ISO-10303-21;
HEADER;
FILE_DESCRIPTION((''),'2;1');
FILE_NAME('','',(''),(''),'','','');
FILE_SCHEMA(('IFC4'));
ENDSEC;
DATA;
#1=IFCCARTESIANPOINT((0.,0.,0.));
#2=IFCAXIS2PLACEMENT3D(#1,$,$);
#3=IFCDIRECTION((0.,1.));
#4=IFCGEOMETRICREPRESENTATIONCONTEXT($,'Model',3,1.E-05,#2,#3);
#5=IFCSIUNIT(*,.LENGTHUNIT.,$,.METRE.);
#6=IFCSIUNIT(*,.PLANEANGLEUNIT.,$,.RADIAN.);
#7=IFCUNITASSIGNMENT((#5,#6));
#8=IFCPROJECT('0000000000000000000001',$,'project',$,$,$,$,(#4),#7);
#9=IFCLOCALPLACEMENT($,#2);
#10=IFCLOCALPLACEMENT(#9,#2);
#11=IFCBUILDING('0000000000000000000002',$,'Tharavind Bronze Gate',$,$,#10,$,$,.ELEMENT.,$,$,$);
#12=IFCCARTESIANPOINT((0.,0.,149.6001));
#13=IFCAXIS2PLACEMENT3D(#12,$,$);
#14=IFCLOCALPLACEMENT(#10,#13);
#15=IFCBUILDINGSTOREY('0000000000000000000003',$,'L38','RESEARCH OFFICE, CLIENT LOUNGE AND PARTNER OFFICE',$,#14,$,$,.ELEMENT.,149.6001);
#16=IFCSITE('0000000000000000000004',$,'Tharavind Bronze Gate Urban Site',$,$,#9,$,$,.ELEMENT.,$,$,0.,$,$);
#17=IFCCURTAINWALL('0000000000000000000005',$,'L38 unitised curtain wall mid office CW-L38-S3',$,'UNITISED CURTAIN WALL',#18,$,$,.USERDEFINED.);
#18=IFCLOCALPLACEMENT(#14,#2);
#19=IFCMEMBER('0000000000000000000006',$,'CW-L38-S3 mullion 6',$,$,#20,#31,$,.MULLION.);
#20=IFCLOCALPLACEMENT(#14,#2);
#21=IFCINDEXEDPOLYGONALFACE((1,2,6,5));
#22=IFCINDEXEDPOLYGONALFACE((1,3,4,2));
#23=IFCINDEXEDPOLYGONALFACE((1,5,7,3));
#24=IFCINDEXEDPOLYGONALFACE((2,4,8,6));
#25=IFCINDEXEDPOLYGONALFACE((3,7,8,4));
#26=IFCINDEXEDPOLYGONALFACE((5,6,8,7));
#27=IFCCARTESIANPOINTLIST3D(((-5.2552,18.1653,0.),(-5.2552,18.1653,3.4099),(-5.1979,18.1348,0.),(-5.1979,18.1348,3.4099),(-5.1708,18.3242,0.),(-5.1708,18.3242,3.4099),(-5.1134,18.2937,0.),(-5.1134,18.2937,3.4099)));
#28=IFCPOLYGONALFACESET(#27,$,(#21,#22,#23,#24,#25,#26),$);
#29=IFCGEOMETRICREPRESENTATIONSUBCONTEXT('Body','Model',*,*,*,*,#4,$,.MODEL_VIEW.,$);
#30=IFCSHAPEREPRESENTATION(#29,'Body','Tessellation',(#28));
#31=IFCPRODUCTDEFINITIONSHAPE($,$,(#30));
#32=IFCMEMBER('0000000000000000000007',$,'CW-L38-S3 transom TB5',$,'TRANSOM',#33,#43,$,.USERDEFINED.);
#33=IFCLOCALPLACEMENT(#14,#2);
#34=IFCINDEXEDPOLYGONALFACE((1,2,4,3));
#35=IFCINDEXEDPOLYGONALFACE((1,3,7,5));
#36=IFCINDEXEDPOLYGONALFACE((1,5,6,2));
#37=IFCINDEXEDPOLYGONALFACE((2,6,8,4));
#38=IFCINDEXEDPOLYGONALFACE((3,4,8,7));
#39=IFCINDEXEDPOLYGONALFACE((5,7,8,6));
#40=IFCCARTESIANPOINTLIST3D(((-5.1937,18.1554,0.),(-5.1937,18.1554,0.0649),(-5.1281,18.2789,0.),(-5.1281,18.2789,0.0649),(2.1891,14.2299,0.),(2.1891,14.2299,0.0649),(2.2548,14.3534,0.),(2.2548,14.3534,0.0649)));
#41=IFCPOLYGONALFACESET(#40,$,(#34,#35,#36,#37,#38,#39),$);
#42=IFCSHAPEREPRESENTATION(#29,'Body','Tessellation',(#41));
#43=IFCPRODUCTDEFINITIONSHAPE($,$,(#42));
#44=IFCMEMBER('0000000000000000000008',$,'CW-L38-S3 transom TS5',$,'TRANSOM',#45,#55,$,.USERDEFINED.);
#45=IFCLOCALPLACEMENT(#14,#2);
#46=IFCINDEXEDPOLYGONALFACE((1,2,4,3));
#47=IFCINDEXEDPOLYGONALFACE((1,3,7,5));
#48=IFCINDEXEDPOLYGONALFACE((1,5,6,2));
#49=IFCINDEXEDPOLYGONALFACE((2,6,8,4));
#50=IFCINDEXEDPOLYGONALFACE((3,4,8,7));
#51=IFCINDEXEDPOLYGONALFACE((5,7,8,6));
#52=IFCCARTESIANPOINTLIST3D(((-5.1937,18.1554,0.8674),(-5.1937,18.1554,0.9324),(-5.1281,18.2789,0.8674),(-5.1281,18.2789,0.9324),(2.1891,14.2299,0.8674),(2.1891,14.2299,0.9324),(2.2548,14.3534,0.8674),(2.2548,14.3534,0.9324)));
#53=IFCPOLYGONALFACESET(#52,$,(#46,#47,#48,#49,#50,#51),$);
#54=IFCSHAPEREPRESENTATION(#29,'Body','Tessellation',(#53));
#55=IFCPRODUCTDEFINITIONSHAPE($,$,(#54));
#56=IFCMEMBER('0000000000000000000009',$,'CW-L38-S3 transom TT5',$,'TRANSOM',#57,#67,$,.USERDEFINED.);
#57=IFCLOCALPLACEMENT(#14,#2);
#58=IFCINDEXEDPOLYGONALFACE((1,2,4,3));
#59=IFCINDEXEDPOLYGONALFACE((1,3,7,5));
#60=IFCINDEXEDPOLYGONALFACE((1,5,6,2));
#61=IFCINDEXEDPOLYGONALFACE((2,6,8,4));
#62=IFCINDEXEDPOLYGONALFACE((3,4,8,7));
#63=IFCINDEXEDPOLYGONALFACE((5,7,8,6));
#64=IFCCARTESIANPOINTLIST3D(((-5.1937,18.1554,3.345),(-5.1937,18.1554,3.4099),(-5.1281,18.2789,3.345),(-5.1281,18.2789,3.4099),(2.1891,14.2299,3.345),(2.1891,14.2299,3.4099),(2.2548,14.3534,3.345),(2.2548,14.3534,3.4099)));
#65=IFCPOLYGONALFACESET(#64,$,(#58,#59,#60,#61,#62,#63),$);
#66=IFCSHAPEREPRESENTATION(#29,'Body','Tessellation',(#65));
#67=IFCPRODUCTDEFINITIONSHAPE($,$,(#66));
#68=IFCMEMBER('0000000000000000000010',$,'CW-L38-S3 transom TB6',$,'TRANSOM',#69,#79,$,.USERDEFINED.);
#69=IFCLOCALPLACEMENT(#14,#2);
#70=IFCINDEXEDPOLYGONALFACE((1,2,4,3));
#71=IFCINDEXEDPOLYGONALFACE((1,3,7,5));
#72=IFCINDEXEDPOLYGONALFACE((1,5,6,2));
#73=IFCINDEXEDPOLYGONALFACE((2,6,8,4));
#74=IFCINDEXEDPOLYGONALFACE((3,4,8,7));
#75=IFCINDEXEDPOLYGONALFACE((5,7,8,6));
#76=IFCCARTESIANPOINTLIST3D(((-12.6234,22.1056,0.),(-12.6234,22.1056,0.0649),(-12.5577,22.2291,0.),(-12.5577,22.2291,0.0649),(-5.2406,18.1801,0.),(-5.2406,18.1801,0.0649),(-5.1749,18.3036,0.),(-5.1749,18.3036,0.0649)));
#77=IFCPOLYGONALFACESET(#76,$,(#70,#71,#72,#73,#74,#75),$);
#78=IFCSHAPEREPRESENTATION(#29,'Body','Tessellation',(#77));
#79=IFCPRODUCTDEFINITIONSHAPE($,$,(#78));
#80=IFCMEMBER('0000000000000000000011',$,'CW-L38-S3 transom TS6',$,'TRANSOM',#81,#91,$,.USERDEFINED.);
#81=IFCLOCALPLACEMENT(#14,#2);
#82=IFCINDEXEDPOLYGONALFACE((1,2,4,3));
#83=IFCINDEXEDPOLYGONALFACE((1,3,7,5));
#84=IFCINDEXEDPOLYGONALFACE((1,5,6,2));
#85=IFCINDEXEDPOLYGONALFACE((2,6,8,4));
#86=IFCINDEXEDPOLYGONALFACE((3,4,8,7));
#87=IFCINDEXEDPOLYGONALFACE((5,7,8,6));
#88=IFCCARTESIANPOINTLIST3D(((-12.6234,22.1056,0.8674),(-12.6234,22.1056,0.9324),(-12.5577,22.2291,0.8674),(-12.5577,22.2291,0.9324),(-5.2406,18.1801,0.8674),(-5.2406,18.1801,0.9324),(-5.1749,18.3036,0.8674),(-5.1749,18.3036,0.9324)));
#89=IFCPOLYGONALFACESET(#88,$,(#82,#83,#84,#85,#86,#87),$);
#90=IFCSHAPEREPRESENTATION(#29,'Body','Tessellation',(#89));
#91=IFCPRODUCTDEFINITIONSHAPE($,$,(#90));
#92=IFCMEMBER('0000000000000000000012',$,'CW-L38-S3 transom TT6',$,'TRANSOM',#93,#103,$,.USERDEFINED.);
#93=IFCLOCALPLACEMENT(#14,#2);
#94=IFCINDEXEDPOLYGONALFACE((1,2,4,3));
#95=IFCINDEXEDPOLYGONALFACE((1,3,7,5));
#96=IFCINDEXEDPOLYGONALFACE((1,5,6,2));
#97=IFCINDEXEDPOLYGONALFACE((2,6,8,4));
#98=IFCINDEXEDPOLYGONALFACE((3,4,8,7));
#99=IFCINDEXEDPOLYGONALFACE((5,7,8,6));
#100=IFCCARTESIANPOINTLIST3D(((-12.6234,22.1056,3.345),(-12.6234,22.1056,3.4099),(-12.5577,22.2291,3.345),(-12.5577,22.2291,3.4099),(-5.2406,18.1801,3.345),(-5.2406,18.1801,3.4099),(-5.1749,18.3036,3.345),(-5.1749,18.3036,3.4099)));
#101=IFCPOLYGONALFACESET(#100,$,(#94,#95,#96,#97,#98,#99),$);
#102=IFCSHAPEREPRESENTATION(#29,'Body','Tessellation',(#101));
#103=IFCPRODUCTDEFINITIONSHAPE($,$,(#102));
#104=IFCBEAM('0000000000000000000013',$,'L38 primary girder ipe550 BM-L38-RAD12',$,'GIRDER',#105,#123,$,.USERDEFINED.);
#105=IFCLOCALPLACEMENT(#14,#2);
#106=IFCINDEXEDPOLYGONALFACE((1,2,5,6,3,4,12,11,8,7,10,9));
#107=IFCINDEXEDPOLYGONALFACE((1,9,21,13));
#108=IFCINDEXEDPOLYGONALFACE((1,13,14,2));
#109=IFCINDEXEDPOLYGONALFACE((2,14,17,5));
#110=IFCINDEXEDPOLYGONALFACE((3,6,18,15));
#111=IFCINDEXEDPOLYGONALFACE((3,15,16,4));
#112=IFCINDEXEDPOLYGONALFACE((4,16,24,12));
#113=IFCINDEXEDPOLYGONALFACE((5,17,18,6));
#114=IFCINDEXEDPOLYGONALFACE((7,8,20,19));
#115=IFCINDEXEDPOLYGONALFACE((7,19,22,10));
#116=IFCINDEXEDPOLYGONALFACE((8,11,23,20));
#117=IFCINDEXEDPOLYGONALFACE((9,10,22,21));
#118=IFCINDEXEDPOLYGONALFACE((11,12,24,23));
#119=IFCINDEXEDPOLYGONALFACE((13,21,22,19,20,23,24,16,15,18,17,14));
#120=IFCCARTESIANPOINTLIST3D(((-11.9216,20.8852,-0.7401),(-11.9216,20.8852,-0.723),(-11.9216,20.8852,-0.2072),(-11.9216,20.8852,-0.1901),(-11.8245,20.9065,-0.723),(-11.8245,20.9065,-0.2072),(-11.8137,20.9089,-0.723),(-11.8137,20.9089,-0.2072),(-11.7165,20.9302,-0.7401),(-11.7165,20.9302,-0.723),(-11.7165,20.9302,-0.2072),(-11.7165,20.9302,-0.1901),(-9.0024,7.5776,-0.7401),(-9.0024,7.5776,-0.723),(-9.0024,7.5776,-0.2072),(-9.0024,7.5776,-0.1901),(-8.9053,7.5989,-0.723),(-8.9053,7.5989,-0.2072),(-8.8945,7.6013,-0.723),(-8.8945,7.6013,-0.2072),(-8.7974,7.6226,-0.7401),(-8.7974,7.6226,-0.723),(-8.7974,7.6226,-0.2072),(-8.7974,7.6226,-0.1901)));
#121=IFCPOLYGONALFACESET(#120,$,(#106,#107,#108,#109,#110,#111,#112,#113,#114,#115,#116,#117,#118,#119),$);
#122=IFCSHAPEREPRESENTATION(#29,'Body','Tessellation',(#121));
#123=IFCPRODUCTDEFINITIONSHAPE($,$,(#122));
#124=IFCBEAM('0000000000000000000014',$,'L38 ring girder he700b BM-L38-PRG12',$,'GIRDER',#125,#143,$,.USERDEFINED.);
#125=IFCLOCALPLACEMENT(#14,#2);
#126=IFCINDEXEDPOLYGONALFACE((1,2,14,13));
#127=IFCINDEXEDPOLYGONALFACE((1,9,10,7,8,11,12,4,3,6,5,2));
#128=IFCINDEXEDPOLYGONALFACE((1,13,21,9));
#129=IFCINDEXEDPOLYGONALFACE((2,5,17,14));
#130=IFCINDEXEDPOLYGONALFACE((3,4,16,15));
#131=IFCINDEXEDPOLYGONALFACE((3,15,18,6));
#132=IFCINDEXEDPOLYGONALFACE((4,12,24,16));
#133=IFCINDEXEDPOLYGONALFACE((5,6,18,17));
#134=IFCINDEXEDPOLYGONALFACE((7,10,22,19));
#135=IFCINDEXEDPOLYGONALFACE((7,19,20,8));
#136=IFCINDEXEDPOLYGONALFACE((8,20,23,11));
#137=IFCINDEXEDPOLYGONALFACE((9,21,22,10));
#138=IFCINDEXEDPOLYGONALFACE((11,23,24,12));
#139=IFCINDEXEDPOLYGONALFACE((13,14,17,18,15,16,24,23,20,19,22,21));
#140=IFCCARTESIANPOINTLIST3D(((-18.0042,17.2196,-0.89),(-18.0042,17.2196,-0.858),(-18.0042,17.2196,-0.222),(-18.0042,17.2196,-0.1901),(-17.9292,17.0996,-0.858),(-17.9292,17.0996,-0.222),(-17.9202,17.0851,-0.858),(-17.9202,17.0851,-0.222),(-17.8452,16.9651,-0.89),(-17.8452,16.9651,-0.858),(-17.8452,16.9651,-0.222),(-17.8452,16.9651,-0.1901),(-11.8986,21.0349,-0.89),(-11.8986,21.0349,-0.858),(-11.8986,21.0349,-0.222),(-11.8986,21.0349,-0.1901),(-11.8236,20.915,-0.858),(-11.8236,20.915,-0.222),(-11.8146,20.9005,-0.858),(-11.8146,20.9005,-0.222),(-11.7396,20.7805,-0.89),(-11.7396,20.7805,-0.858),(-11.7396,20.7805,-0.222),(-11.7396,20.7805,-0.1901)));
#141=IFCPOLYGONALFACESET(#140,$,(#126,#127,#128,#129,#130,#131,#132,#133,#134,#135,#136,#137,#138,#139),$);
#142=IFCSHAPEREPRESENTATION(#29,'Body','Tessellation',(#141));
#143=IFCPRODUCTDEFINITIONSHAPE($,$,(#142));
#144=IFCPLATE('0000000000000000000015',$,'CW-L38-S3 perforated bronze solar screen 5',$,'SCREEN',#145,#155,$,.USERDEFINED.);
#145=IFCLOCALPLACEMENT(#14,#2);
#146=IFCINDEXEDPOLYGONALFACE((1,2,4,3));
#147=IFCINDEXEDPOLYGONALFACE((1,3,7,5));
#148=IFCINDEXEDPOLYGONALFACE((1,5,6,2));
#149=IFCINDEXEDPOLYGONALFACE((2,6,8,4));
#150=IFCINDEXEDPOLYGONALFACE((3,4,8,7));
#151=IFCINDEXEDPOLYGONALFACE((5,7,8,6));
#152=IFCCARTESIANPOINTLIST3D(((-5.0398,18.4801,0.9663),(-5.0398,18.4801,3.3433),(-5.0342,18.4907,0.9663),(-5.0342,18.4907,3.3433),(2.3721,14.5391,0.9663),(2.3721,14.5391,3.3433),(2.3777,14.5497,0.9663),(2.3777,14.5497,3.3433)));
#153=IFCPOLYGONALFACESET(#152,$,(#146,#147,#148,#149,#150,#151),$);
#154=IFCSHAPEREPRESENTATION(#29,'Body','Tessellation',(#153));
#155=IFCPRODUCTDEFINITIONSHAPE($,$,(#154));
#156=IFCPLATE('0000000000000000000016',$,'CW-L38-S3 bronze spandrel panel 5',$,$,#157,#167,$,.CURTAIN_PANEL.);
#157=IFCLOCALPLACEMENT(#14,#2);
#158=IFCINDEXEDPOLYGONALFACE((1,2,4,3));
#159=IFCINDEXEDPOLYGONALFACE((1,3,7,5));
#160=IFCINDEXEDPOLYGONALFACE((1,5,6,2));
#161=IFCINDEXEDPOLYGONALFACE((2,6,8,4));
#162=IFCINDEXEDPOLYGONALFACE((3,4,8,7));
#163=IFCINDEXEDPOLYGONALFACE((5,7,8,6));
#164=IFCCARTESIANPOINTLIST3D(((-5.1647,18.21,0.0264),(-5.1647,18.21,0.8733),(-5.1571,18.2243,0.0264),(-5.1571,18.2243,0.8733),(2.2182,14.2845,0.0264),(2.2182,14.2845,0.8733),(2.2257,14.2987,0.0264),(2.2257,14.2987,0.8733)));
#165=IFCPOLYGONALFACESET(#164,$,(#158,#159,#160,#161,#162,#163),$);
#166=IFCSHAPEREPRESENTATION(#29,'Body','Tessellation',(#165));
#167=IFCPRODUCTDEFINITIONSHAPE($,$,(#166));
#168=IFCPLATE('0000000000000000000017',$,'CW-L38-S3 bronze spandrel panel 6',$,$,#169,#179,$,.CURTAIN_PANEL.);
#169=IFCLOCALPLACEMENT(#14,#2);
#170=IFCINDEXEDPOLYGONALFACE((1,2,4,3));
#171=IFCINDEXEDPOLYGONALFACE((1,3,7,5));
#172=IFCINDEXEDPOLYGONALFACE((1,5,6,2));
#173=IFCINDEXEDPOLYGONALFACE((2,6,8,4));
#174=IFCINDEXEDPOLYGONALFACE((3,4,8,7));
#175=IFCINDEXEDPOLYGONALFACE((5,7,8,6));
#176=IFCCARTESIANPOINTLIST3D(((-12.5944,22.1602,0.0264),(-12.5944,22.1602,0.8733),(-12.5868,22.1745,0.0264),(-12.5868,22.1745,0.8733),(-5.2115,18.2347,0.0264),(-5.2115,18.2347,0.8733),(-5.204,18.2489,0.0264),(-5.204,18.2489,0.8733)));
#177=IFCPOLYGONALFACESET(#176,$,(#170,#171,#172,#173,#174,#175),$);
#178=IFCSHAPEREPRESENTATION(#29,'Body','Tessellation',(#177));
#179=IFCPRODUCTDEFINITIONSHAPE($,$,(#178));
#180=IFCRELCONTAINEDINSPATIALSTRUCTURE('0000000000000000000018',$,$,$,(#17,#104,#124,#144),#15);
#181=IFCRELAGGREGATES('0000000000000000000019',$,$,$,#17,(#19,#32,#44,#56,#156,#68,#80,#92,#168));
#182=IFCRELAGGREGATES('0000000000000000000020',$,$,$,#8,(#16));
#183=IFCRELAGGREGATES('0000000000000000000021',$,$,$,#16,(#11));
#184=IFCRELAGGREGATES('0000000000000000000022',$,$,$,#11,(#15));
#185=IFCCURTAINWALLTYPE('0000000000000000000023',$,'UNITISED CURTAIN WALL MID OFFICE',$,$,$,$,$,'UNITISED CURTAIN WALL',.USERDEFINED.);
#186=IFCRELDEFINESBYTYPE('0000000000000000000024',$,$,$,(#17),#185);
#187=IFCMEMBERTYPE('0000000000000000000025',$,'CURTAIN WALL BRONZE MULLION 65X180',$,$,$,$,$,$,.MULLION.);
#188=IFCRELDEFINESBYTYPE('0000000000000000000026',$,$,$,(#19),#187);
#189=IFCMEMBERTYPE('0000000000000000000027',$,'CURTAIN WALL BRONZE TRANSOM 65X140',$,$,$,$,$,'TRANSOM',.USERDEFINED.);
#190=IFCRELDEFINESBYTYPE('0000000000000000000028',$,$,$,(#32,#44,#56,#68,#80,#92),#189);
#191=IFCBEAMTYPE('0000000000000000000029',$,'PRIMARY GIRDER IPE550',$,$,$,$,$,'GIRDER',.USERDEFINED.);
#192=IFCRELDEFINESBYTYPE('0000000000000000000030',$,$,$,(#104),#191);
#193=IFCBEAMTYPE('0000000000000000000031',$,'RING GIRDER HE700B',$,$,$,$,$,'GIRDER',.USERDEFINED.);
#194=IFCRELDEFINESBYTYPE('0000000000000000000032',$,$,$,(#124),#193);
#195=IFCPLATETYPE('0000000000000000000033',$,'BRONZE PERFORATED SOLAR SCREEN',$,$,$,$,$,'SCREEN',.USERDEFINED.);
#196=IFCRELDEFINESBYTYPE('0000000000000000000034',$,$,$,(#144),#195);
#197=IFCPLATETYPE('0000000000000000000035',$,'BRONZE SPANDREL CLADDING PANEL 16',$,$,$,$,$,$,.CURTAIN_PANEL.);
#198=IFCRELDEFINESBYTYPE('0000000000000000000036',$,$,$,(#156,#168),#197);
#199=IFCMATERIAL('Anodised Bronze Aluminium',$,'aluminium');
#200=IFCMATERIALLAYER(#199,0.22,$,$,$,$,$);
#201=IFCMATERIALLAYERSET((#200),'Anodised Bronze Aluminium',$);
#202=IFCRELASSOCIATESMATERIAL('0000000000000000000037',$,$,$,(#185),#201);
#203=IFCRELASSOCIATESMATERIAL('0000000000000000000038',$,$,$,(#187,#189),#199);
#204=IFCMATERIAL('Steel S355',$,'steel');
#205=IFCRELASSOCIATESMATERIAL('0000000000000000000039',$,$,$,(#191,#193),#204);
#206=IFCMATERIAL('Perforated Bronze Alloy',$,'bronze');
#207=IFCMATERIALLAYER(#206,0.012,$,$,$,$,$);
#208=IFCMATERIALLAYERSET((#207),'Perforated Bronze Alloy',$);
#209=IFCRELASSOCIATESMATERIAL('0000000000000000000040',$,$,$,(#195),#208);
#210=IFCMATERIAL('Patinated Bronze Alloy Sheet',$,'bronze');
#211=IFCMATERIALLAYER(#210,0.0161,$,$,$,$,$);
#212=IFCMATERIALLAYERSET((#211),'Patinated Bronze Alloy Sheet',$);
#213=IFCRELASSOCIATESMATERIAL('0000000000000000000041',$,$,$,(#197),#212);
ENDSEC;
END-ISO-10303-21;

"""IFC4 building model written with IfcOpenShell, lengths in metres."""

from ifc_helpers import new_model, si_unit, direction, frame, origin, origin_2d, place, context, subcontext, project, spatial, rectangle, i_section, extrude, material, layer, layer_set, material_profile, profile_set, type_object, element, aggregate, save


model = new_model("IFC4")

# Units and contexts
model_context = context("Model", 3, precision=1e-05, world=origin(), true_north=direction((0.0, 1.0)))
body_context = subcontext(model_context, "Body", "Model", "MODEL_VIEW")
ifc_project = project(units=[si_unit("LENGTHUNIT", "METRE"), si_unit("PLANEANGLEUNIT", "RADIAN")], contexts=[model_context])

# Site, building, storey
site_placement = place(None, origin())
site = spatial("IfcSite", under=ifc_project, at=site_placement, Name="Tharavind Bronze Gate Urban Site", CompositionType="ELEMENT", RefElevation=0.0)
building_placement = place(site_placement, origin())
building = spatial("IfcBuilding", under=site, at=building_placement, Name="Tharavind Bronze Gate", CompositionType="ELEMENT")
storey_placement = place(building_placement, frame((0.0, 0.0, 149.6001)))
storey = spatial("IfcBuildingStorey", under=building, at=storey_placement, Name="L38", Description="RESEARCH OFFICE, CLIENT LOUNGE AND PARTNER OFFICE", CompositionType="ELEMENT", Elevation=149.6001)

# Curtain wall, members
ifc_material_1 = material(Name="Anodised Bronze Aluminium", Category="aluminium")
ifc_layer_1 = layer(ifc_material_1, 0.22)
ifc_layer_set_1 = layer_set([ifc_layer_1], Name="Anodised Bronze Aluminium")
curtain_wall_type = type_object("IfcCurtainWallType", Name="UNITISED CURTAIN WALL MID OFFICE", ElementType="UNITISED CURTAIN WALL", PredefinedType="USERDEFINED", material=ifc_layer_set_1)
curtain_wall_placement = place(storey_placement, origin())
curtain_wall = element("IfcCurtainWall", 1, at=curtain_wall_placement, inside=storey, type_object=curtain_wall_type, Name="L38 unitised curtain wall mid office CW-L38-S3", ObjectType="UNITISED CURTAIN WALL", PredefinedType="USERDEFINED")
member_type_1 = type_object("IfcMemberType", Name="CURTAIN WALL BRONZE MULLION 65X180", PredefinedType="MULLION", material=ifc_material_1)
member_1_placement = place(storey_placement, frame((-5.1843, 18.2295, 0.0), z_axis=(0.0, 0.0, 1.0), x_axis=(-0.882948, 0.469472, 0.0)))
member_1 = element("IfcMember", 2, at=member_1_placement, type_object=member_type_1, Name="CW-L38-S3 mullion 6", PredefinedType="MULLION", context=body_context, shape_type="SweptSolid", body=[
    extrude(rectangle(XDim=0.0649, YDim=0.1799, at=origin_2d()), origin(), (0.0, 0.0, 1.0), 3.4099),
])
member_type_2 = type_object("IfcMemberType", Name="CURTAIN WALL BRONZE TRANSOM 65X140", ElementType="TRANSOM", PredefinedType="USERDEFINED", material=ifc_material_1)
member_2_placement = place(storey_placement, frame((-1.4695, 16.2544, 0.0), z_axis=(0.0, 0.0, 1.0), x_axis=(-0.882948, 0.469472, 0.0)))
member_2 = element("IfcMember", 3, at=member_2_placement, type_object=member_type_2, Name="CW-L38-S3 transom TB5", ObjectType="TRANSOM", PredefinedType="USERDEFINED", context=body_context, shape_type="SweptSolid", body=[
    extrude(rectangle(XDim=8.3616, YDim=0.1399, at=origin_2d()), origin(), (0.0, 0.0, 1.0), 0.0649),
])
member_3_placement = place(storey_placement, frame((-1.4695, 16.2544, 0.8674), z_axis=(0.0, 0.0, 1.0), x_axis=(-0.882948, 0.469472, 0.0)))
member_3 = element("IfcMember", 4, at=member_3_placement, type_object=member_type_2, Name="CW-L38-S3 transom TS5", ObjectType="TRANSOM", PredefinedType="USERDEFINED", context=body_context, shape_type="SweptSolid", body=[
    extrude(rectangle(XDim=8.3616, YDim=0.1399, at=origin_2d()), origin(), (0.0, 0.0, 1.0), 0.0649),
])
member_4_placement = place(storey_placement, frame((-1.4695, 16.2544, 3.345), z_axis=(0.0, 0.0, 1.0), x_axis=(-0.882948, 0.469472, 0.0)))
member_4 = element("IfcMember", 5, at=member_4_placement, type_object=member_type_2, Name="CW-L38-S3 transom TT5", ObjectType="TRANSOM", PredefinedType="USERDEFINED", context=body_context, shape_type="SweptSolid", body=[
    extrude(rectangle(XDim=8.3616, YDim=0.1399, at=origin_2d()), origin(), (0.0, 0.0, 1.0), 0.0649),
])
member_5_placement = place(storey_placement, frame((-8.8992, 20.2046, 0.0), z_axis=(0.0, 0.0, 1.0), x_axis=(-0.882948, 0.469472, 0.0)))
member_5 = element("IfcMember", 6, at=member_5_placement, type_object=member_type_2, Name="CW-L38-S3 transom TB6", ObjectType="TRANSOM", PredefinedType="USERDEFINED", context=body_context, shape_type="SweptSolid", body=[
    extrude(rectangle(XDim=8.3616, YDim=0.1399, at=origin_2d()), origin(), (0.0, 0.0, 1.0), 0.0649),
])
member_6_placement = place(storey_placement, frame((-8.8992, 20.2046, 0.8674), z_axis=(0.0, 0.0, 1.0), x_axis=(-0.882948, 0.469472, 0.0)))
member_6 = element("IfcMember", 7, at=member_6_placement, type_object=member_type_2, Name="CW-L38-S3 transom TS6", ObjectType="TRANSOM", PredefinedType="USERDEFINED", context=body_context, shape_type="SweptSolid", body=[
    extrude(rectangle(XDim=8.3616, YDim=0.1399, at=origin_2d()), origin(), (0.0, 0.0, 1.0), 0.0649),
])
member_7_placement = place(storey_placement, frame((-8.8992, 20.2046, 3.345), z_axis=(0.0, 0.0, 1.0), x_axis=(-0.882948, 0.469472, 0.0)))
member_7 = element("IfcMember", 8, at=member_7_placement, type_object=member_type_2, Name="CW-L38-S3 transom TT6", ObjectType="TRANSOM", PredefinedType="USERDEFINED", context=body_context, shape_type="SweptSolid", body=[
    extrude(rectangle(XDim=8.3616, YDim=0.1399, at=origin_2d()), origin(), (0.0, 0.0, 1.0), 0.0649),
])

# Beams
ifc_material_2 = material(Name="Steel S355", Category="steel")
ifc_material_profile_1 = material_profile(ifc_material_2, i_section(OverallWidth=0.21, OverallDepth=0.55, WebThickness=0.011, FlangeThickness=0.0171, at=origin_2d()), Name="IPE550")
ifc_profile_set_1 = profile_set([ifc_material_profile_1], Name="Steel S355")
beam_type_1 = type_object("IfcBeamType", Name="PRIMARY GIRDER IPE550", ElementType="GIRDER", PredefinedType="USERDEFINED", material=ifc_profile_set_1)
beam_1_placement = place(storey_placement, frame((-11.8191, 20.9077, -0.4651), z_axis=(0.214268, -0.976775, 0.0), x_axis=(0.976775, 0.214268, 0.0)))
element("IfcBeam", 9, at=beam_1_placement, inside=storey, type_object=beam_type_1, Name="L38 primary girder ipe550 BM-L38-RAD12", ObjectType="GIRDER", PredefinedType="USERDEFINED", context=body_context, shape_type="SweptSolid", body=[
    extrude(i_section(OverallWidth=0.21, OverallDepth=0.55, WebThickness=0.011, FlangeThickness=0.0171, at=origin_2d()), origin(), (0.0, 0.0, 1.0), 13.624),
])
ifc_material_profile_2 = material_profile(ifc_material_2, i_section(OverallWidth=0.3, OverallDepth=0.7, WebThickness=0.0171, FlangeThickness=0.032, at=origin_2d()), Name="HE700B")
ifc_profile_set_2 = profile_set([ifc_material_profile_2], Name="Steel S355")
beam_type_2 = type_object("IfcBeamType", Name="RING GIRDER HE700B", ElementType="GIRDER", PredefinedType="USERDEFINED", material=ifc_profile_set_2)
beam_2_placement = place(storey_placement, frame((-11.8191, 20.9077, -0.54), z_axis=(-0.848038, -0.529935, 0.0), x_axis=(0.529935, -0.848038, 0.0)))
element("IfcBeam", 10, at=beam_2_placement, inside=storey, type_object=beam_type_2, Name="L38 ring girder he700b BM-L38-PRG12", ObjectType="GIRDER", PredefinedType="USERDEFINED", context=body_context, shape_type="SweptSolid", body=[
    extrude(i_section(OverallWidth=0.3, OverallDepth=0.7, WebThickness=0.0171, FlangeThickness=0.032, at=origin_2d()), origin(), (0.0, 0.0, 1.0), 7.1997),
])

# Plates
ifc_material_3 = material(Name="Perforated Bronze Alloy", Category="bronze")
ifc_layer_2 = layer(ifc_material_3, 0.012)
ifc_layer_set_2 = layer_set([ifc_layer_2], Name="Perforated Bronze Alloy")
plate_type_1 = type_object("IfcPlateType", Name="BRONZE PERFORATED SOLAR SCREEN", ElementType="SCREEN", PredefinedType="USERDEFINED", material=ifc_layer_set_2)
plate_1_placement = place(storey_placement, frame((-1.3311, 16.5149, 0.9663), z_axis=(0.0, 0.0, 1.0), x_axis=(-0.882948, 0.469472, 0.0)))
element("IfcPlate", 11, at=plate_1_placement, inside=storey, type_object=plate_type_1, Name="CW-L38-S3 perforated bronze solar screen 5", ObjectType="SCREEN", PredefinedType="USERDEFINED", context=body_context, shape_type="SweptSolid", body=[
    extrude(rectangle(XDim=8.3945, YDim=0.012, at=origin_2d()), origin(), (0.0, 0.0, 1.0), 2.377),
])
ifc_material_4 = material(Name="Patinated Bronze Alloy Sheet", Category="bronze")
ifc_layer_3 = layer(ifc_material_4, 0.0161)
ifc_layer_set_3 = layer_set([ifc_layer_3], Name="Patinated Bronze Alloy Sheet")
plate_type_2 = type_object("IfcPlateType", Name="BRONZE SPANDREL CLADDING PANEL 16", PredefinedType="CURTAIN_PANEL", material=ifc_layer_set_3)
plate_2_placement = place(storey_placement, frame((-1.4695, 16.2544, 0.0264), z_axis=(0.0, 0.0, 1.0), x_axis=(-0.882948, 0.469472, 0.0)))
plate_2 = element("IfcPlate", 12, at=plate_2_placement, type_object=plate_type_2, Name="CW-L38-S3 bronze spandrel panel 5", PredefinedType="CURTAIN_PANEL", context=body_context, shape_type="SweptSolid", body=[
    extrude(rectangle(XDim=8.3616, YDim=0.0161, at=origin_2d()), origin(), (0.0, 0.0, 1.0), 0.8469),
])
plate_3_placement = place(storey_placement, frame((-8.8992, 20.2046, 0.0264), z_axis=(0.0, 0.0, 1.0), x_axis=(-0.882948, 0.469472, 0.0)))
plate_3 = element("IfcPlate", 13, at=plate_3_placement, type_object=plate_type_2, Name="CW-L38-S3 bronze spandrel panel 6", PredefinedType="CURTAIN_PANEL", context=body_context, shape_type="SweptSolid", body=[
    extrude(rectangle(XDim=8.3616, YDim=0.0161, at=origin_2d()), origin(), (0.0, 0.0, 1.0), 0.8469),
])
aggregate(curtain_wall, [member_1, member_2, member_3, member_4, plate_2, member_5, member_6, member_7, plate_3])

save(model, "model.ifc")
